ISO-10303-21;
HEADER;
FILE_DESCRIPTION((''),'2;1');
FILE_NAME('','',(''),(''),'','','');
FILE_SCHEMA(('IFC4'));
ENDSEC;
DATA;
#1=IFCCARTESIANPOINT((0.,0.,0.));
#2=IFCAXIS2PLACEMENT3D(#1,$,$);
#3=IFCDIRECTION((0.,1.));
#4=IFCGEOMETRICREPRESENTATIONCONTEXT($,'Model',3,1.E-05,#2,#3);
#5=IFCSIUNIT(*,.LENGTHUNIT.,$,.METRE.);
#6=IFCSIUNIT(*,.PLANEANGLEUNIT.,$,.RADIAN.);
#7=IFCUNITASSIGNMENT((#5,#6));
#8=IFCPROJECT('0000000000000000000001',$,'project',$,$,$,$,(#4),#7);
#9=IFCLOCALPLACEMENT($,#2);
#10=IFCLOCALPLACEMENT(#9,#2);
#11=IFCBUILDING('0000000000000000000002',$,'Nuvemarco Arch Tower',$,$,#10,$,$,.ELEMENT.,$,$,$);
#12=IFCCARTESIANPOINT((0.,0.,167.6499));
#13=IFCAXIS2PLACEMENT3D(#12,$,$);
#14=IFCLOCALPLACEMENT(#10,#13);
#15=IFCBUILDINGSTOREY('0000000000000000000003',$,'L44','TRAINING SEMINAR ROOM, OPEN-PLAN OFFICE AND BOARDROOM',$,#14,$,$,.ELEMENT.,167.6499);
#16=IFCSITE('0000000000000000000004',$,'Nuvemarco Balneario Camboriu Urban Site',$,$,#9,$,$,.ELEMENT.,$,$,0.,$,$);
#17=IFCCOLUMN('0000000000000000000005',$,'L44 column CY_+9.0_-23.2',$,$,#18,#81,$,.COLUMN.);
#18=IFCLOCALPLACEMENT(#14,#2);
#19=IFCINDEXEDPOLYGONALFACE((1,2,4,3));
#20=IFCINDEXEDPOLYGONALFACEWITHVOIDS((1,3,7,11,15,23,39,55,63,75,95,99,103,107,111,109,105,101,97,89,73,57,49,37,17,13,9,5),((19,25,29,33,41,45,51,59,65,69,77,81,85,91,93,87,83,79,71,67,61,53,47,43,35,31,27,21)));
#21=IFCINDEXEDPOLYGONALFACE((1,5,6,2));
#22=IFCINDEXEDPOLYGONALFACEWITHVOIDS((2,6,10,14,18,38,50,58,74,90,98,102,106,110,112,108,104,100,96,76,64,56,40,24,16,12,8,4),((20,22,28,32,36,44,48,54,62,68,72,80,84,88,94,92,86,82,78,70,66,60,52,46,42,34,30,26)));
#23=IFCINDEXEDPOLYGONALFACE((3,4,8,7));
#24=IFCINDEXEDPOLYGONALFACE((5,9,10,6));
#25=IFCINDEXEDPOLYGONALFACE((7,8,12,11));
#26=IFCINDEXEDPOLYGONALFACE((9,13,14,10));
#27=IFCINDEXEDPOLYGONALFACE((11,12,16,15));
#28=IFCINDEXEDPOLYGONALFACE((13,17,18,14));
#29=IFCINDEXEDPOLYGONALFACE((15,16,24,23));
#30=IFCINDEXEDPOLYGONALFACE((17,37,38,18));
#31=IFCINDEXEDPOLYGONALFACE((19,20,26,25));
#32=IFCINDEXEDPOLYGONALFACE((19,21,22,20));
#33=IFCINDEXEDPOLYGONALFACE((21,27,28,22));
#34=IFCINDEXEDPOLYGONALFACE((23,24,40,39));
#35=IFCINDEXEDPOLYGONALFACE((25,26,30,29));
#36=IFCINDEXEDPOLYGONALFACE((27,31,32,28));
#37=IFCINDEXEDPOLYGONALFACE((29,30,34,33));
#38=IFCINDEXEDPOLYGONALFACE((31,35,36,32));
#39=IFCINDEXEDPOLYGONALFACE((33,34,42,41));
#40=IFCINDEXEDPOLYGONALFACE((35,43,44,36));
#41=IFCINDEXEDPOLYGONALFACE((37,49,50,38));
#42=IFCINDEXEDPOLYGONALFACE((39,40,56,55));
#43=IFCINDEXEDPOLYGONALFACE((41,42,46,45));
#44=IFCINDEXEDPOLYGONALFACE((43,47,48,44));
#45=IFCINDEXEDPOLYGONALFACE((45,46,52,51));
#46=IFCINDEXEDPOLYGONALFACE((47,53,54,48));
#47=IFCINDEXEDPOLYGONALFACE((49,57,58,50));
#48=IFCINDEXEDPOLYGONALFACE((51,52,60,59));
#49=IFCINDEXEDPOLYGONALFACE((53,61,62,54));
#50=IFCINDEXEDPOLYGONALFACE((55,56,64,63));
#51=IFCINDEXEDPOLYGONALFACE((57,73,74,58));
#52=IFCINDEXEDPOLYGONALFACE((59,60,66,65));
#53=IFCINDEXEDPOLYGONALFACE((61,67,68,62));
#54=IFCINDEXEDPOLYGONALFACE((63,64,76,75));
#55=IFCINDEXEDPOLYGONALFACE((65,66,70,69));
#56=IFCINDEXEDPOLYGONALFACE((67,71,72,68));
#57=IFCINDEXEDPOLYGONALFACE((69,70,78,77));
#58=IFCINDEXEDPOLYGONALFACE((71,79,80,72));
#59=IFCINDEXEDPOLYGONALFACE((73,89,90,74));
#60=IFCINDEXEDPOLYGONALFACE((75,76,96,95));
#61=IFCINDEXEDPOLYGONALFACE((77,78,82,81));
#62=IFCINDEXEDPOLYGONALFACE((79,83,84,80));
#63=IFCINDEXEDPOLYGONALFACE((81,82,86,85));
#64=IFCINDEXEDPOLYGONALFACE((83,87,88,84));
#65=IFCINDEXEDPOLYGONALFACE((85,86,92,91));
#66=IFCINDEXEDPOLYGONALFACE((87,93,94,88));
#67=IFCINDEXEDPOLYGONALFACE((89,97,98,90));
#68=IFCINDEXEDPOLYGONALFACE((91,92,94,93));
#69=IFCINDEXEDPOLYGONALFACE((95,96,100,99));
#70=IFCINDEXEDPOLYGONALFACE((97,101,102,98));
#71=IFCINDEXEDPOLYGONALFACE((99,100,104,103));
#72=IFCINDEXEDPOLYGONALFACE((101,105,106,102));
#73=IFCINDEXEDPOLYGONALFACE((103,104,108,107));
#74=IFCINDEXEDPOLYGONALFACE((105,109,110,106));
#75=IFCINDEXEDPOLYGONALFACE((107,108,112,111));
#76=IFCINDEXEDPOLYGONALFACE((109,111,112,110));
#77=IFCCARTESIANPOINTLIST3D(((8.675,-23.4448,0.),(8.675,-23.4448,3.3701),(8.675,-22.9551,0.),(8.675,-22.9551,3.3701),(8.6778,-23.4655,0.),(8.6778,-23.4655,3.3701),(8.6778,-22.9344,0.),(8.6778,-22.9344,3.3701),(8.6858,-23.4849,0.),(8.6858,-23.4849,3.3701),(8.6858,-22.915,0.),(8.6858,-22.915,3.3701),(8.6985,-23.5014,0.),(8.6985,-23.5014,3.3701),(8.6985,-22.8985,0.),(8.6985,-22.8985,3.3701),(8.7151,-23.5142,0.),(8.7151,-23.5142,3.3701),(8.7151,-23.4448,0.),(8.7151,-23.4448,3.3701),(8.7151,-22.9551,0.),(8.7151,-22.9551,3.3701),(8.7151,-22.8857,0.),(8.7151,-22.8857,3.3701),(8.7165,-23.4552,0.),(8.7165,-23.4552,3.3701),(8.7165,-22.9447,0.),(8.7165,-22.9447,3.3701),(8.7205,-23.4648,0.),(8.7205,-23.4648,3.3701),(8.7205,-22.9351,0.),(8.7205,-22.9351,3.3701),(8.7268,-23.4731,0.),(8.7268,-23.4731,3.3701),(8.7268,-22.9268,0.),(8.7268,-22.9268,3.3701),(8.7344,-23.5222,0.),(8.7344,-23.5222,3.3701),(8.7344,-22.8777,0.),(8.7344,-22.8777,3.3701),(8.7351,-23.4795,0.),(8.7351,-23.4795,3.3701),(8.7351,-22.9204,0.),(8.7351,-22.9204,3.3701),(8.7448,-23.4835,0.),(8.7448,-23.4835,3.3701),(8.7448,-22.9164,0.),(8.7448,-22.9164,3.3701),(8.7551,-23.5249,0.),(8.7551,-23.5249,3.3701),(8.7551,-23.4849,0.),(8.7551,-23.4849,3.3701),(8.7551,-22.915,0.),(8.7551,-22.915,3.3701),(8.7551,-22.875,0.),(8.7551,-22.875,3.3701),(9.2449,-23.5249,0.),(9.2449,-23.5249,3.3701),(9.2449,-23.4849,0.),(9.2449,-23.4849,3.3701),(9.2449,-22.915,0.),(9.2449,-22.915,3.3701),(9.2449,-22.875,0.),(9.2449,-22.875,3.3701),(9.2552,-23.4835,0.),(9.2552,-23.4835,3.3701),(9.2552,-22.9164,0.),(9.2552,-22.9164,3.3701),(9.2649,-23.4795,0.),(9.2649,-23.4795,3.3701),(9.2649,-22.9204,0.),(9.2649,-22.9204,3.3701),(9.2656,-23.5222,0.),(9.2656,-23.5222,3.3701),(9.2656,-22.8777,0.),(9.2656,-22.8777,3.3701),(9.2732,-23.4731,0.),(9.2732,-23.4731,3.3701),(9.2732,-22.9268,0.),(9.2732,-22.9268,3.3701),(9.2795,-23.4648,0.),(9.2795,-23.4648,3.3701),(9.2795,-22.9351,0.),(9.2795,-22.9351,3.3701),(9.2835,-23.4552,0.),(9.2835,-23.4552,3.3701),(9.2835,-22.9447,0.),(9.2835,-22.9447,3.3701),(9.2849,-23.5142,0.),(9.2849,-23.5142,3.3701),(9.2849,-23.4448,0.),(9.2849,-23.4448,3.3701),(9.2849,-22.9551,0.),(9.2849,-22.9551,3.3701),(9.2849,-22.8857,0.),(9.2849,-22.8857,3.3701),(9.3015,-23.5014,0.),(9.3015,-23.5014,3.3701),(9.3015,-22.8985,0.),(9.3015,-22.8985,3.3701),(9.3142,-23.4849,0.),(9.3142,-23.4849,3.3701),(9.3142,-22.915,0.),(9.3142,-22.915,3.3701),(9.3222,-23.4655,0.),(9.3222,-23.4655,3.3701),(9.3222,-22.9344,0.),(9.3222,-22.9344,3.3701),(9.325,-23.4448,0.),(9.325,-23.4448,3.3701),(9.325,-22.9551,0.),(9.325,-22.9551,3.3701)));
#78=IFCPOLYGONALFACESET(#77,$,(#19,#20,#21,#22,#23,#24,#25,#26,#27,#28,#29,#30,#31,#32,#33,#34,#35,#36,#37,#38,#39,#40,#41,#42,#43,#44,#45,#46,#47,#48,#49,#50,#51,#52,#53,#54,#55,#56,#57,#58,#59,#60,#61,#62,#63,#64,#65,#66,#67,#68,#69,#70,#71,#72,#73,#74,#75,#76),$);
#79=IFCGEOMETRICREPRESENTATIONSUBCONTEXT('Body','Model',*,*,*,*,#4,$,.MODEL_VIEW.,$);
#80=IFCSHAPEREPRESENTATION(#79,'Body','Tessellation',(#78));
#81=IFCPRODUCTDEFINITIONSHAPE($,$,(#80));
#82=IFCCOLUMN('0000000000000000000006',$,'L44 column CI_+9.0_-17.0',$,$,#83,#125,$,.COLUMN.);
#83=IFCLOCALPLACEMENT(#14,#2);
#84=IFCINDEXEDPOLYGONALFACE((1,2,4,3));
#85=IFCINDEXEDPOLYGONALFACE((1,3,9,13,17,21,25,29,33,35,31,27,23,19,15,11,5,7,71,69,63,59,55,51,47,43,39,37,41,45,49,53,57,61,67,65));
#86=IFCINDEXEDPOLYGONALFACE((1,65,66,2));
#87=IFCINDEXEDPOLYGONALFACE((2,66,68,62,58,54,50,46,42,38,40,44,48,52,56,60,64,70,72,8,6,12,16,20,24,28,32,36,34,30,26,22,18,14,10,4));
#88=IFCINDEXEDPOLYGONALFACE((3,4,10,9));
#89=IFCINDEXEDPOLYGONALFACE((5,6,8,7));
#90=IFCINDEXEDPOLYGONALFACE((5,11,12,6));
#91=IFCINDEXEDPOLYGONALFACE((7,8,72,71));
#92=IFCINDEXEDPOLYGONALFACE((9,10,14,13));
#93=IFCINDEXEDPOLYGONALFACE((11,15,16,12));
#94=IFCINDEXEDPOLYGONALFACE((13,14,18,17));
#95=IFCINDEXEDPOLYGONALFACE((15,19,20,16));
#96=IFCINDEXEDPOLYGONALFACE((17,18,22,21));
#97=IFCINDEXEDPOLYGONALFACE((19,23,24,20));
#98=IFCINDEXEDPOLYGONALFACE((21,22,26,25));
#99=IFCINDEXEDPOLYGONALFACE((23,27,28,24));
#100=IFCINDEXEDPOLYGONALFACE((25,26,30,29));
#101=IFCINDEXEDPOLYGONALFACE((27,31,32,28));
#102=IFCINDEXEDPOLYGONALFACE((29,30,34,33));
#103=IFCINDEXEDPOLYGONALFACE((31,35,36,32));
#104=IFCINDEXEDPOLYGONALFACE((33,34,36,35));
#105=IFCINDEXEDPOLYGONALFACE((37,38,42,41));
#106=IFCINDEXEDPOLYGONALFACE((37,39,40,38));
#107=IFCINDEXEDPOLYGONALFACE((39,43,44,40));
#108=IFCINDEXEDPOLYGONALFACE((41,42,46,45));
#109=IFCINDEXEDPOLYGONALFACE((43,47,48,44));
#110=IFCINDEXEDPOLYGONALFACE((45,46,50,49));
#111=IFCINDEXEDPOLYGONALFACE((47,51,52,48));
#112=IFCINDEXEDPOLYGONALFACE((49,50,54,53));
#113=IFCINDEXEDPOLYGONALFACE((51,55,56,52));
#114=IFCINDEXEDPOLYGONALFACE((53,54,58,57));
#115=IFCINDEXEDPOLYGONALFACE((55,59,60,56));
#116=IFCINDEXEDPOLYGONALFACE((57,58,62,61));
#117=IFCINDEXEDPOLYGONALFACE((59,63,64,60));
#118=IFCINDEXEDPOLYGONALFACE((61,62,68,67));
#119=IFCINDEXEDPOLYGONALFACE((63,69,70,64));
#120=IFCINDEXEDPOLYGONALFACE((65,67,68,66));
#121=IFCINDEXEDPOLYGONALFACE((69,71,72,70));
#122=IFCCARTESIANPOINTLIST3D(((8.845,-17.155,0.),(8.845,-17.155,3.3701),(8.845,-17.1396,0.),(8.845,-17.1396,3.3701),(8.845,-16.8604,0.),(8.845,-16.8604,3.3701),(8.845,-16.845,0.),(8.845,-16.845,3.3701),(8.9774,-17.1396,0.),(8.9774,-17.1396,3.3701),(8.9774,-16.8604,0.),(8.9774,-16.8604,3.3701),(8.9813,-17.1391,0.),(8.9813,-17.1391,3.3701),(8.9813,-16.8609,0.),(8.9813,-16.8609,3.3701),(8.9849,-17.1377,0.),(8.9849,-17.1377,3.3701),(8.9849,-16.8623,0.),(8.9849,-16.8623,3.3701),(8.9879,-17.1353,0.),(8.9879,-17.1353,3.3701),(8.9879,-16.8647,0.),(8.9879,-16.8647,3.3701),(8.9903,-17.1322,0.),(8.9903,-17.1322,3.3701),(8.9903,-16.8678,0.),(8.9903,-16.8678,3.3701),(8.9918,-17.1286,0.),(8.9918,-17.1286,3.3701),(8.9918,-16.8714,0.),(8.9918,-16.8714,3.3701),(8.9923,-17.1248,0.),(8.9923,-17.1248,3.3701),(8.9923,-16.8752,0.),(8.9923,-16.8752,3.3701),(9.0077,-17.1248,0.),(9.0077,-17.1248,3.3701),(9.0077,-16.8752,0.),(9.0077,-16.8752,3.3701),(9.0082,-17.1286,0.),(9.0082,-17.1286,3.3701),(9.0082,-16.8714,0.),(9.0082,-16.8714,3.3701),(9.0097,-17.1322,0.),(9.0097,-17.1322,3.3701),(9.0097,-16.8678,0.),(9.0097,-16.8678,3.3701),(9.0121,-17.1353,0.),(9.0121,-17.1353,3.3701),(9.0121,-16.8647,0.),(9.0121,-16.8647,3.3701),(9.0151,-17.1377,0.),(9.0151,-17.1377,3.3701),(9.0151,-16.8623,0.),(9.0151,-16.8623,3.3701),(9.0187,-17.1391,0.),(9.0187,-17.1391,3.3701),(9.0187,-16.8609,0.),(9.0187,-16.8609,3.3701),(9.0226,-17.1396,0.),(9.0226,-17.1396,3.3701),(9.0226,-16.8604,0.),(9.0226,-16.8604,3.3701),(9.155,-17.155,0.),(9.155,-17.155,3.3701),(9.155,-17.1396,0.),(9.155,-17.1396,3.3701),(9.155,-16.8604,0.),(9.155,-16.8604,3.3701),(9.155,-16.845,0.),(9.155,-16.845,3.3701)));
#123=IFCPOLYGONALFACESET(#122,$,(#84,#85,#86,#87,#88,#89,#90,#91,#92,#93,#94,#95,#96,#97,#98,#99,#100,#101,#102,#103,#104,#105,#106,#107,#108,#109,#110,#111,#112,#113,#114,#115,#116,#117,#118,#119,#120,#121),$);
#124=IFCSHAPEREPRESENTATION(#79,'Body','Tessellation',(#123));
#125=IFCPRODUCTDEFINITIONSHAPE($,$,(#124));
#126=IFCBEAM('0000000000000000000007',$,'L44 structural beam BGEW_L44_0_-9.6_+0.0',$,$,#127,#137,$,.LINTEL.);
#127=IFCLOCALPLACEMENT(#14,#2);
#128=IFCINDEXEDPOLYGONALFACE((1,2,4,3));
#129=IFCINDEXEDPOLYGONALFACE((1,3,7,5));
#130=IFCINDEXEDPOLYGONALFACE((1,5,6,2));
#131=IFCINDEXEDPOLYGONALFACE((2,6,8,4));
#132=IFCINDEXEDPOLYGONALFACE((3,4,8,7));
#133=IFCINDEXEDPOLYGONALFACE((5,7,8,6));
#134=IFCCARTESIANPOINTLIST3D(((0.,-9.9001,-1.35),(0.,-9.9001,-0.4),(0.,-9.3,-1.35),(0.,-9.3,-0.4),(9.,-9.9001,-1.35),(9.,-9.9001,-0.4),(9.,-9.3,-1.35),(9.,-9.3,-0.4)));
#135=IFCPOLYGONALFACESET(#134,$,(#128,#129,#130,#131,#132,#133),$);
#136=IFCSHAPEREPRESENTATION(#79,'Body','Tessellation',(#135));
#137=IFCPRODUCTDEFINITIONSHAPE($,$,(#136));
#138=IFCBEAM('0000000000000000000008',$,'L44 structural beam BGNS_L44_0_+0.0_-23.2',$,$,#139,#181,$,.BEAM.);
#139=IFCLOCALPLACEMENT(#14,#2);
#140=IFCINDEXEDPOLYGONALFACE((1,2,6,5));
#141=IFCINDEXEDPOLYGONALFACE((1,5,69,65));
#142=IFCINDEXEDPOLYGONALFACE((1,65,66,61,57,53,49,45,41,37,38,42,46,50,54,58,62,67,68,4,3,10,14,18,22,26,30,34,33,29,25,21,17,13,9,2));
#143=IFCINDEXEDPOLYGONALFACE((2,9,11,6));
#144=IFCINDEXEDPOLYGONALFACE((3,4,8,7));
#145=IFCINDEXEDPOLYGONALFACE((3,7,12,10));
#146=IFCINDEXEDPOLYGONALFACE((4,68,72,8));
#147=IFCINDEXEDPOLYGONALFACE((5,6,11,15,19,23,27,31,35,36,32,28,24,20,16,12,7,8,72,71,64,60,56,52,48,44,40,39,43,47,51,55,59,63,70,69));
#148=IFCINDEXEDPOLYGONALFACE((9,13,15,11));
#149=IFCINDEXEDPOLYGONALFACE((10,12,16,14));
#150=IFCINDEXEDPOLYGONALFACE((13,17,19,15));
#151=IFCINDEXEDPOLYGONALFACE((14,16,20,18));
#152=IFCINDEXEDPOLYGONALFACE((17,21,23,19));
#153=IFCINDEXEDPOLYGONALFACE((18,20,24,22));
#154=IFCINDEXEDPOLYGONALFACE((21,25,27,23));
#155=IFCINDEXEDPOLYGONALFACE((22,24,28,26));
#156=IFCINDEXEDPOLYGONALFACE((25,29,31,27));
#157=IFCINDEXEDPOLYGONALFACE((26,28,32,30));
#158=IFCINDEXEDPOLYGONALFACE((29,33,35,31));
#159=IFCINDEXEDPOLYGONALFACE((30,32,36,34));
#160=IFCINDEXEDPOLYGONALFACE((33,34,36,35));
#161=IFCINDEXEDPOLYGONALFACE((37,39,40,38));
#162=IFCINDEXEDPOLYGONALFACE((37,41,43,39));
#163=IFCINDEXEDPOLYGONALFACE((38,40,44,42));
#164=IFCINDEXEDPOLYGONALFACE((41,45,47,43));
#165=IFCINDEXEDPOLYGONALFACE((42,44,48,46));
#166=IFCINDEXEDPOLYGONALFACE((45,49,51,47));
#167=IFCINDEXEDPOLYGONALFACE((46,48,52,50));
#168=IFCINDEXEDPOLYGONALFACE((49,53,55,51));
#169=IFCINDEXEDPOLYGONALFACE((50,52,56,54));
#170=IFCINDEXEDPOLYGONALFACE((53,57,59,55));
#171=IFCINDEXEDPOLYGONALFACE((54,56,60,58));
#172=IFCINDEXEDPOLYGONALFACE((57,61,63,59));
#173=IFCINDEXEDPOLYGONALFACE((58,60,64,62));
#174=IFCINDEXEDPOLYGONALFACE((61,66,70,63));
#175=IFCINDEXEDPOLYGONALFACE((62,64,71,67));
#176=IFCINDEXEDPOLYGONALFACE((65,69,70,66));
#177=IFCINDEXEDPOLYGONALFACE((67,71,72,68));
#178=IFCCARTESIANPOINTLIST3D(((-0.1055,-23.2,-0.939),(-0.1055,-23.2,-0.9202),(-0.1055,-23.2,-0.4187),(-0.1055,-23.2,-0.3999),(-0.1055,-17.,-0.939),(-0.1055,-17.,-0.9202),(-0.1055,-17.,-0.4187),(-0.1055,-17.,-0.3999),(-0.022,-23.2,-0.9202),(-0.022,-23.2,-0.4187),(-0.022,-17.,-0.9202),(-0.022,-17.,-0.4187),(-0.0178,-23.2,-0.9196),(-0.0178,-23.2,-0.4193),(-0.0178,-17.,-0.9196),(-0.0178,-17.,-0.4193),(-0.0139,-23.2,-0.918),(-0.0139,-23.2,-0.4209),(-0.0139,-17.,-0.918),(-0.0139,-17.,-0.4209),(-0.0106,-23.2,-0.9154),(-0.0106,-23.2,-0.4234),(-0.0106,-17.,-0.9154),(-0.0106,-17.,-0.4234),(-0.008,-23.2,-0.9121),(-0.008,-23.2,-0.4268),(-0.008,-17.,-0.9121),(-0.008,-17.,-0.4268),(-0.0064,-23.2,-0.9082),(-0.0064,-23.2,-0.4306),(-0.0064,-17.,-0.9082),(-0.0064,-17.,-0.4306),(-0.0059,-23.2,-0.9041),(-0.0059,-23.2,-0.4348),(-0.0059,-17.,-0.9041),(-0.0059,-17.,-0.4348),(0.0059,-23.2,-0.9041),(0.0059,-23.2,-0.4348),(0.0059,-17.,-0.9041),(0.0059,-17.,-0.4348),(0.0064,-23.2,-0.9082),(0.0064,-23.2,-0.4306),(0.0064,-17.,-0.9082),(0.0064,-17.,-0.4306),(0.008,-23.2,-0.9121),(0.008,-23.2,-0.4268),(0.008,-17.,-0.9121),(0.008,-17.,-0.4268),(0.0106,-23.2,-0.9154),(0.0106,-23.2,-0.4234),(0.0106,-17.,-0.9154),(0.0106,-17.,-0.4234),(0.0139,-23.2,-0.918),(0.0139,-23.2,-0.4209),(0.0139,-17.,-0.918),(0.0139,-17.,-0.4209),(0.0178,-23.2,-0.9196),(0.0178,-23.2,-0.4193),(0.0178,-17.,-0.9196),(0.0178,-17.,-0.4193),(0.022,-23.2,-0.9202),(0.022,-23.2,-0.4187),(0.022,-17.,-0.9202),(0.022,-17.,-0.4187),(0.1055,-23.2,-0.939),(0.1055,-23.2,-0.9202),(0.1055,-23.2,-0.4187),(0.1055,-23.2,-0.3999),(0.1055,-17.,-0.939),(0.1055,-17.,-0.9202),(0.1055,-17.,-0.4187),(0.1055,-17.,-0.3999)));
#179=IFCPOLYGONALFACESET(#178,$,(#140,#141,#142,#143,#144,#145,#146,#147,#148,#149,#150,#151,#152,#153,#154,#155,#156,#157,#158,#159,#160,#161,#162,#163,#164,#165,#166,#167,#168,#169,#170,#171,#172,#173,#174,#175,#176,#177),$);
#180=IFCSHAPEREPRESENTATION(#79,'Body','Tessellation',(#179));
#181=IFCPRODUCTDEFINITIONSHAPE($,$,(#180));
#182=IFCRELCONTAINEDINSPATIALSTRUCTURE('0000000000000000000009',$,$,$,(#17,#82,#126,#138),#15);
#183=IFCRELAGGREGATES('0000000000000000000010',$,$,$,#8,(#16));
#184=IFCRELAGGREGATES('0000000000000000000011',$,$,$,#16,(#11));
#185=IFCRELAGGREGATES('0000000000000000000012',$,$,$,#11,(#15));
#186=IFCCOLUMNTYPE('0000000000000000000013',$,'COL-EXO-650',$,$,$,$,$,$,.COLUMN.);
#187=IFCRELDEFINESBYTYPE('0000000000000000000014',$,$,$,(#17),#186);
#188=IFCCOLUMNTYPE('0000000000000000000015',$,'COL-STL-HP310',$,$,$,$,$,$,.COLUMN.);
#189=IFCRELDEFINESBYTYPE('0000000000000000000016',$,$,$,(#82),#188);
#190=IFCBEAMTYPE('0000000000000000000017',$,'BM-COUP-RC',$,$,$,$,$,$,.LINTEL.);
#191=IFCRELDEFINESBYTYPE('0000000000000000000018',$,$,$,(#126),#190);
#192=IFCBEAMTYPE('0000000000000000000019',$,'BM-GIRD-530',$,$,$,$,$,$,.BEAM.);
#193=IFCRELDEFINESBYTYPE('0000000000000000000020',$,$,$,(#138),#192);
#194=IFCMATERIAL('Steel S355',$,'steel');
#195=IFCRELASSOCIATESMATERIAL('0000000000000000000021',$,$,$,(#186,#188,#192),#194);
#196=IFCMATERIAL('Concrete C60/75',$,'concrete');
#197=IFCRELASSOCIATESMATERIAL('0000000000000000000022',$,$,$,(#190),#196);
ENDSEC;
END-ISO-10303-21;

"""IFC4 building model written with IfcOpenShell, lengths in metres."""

from ifc_helpers import new_model, si_unit, direction, frame, origin, origin_2d, place, context, subcontext, project, spatial, rectangle, hollow_rectangle, i_section, extrude, material, material_profile, profile_set, type_object, element, save


model = new_model("IFC4")

# Units and contexts
model_context = context("Model", 3, precision=1e-05, world=origin(), true_north=direction((0.0, 1.0)))
body_context = subcontext(model_context, "Body", "Model", "MODEL_VIEW")
ifc_project = project(units=[si_unit("LENGTHUNIT", "METRE"), si_unit("PLANEANGLEUNIT", "RADIAN")], contexts=[model_context])

# Site, building, storey
site_placement = place(None, origin())
site = spatial("IfcSite", under=ifc_project, at=site_placement, Name="Nuvemarco Balneario Camboriu Urban Site", CompositionType="ELEMENT", RefElevation=0.0)
building_placement = place(site_placement, origin())
building = spatial("IfcBuilding", under=site, at=building_placement, Name="Nuvemarco Arch Tower", CompositionType="ELEMENT")
storey_placement = place(building_placement, frame((0.0, 0.0, 167.6499)))
storey = spatial("IfcBuildingStorey", under=building, at=storey_placement, Name="L44", Description="TRAINING SEMINAR ROOM, OPEN-PLAN OFFICE AND BOARDROOM", CompositionType="ELEMENT", Elevation=167.6499)

# Columns
ifc_material_1 = material(Name="Steel S355", Category="steel")
ifc_material_profile_1 = material_profile(ifc_material_1, hollow_rectangle(XDim=0.6499, YDim=0.6499, WallThickness=0.04, InnerFilletRadius=0.04, OuterFilletRadius=0.0801, at=origin_2d()), Name="SHS650x650x40")
ifc_profile_set_1 = profile_set([ifc_material_profile_1], Name="Steel S355")
column_type_1 = type_object("IfcColumnType", Name="COL-EXO-650", PredefinedType="COLUMN", material=ifc_profile_set_1)
column_1_placement = place(storey_placement, frame((9.0, -23.2, 0.0), z_axis=(0.0, 0.0, 1.0), x_axis=(1.0, 0.0, 0.0)))
element("IfcColumn", 1, at=column_1_placement, inside=storey, type_object=column_type_1, Name="L44 column CY_+9.0_-23.2", PredefinedType="COLUMN", context=body_context, shape_type="SweptSolid", body=[
    extrude(hollow_rectangle(XDim=0.6499, YDim=0.6499, WallThickness=0.04, InnerFilletRadius=0.04, OuterFilletRadius=0.0801, at=origin_2d()), origin(), (0.0, 0.0, 1.0), 3.3701),
])
ifc_material_profile_2 = material_profile(ifc_material_1, i_section(OverallWidth=0.3101, OverallDepth=0.3101, WebThickness=0.0154, FlangeThickness=0.0154, FilletRadius=0.0149, at=origin_2d()), Name="HP310x110")
ifc_profile_set_2 = profile_set([ifc_material_profile_2], Name="Steel S355")
column_type_2 = type_object("IfcColumnType", Name="COL-STL-HP310", PredefinedType="COLUMN", material=ifc_profile_set_2)
column_2_placement = place(storey_placement, frame((9.0, -17.0, 0.0), z_axis=(0.0, 0.0, 1.0), x_axis=(1.0, 0.0, 0.0)))
element("IfcColumn", 2, at=column_2_placement, inside=storey, type_object=column_type_2, Name="L44 column CI_+9.0_-17.0", PredefinedType="COLUMN", context=body_context, shape_type="SweptSolid", body=[
    extrude(i_section(OverallWidth=0.3101, OverallDepth=0.3101, WebThickness=0.0154, FlangeThickness=0.0154, FilletRadius=0.0149, at=origin_2d()), origin(), (0.0, 0.0, 1.0), 3.3701),
])

# Beams
ifc_material_2 = material(Name="Concrete C60/75", Category="concrete")
ifc_material_profile_3 = material_profile(ifc_material_2, rectangle(XDim=0.6001, YDim=0.95, at=origin_2d()), Name="RC-BM-600x950")
ifc_profile_set_3 = profile_set([ifc_material_profile_3], Name="Concrete C60/75")
beam_type_1 = type_object("IfcBeamType", Name="BM-COUP-RC", PredefinedType="LINTEL", material=ifc_profile_set_3)
beam_1_placement = place(storey_placement, frame((0.0, -9.6001, -0.875), z_axis=(1.0, 0.0, 0.0), x_axis=(0.0, 1.0, 0.0)))
element("IfcBeam", 3, at=beam_1_placement, inside=storey, type_object=beam_type_1, Name="L44 structural beam BGEW_L44_0_-9.6_+0.0", PredefinedType="LINTEL", context=body_context, shape_type="SweptSolid", body=[
    extrude(rectangle(XDim=0.6001, YDim=0.95, at=origin_2d()), origin(), (0.0, 0.0, 1.0), 9.0),
])
ifc_material_profile_4 = material_profile(ifc_material_1, i_section(OverallWidth=0.2109, OverallDepth=0.5391, WebThickness=0.0117, FlangeThickness=0.0188, FilletRadius=0.0161, at=origin_2d()), Name="W530x109")
ifc_profile_set_4 = profile_set([ifc_material_profile_4], Name="Steel S355")
beam_type_2 = type_object("IfcBeamType", Name="BM-GIRD-530", PredefinedType="BEAM", material=ifc_profile_set_4)
beam_2_placement = place(storey_placement, frame((0.0, -23.2, -0.6694), z_axis=(0.0, 1.0, 0.0), x_axis=(-1.0, 0.0, 0.0)))
element("IfcBeam", 4, at=beam_2_placement, inside=storey, type_object=beam_type_2, Name="L44 structural beam BGNS_L44_0_+0.0_-23.2", PredefinedType="BEAM", context=body_context, shape_type="SweptSolid", body=[
    extrude(i_section(OverallWidth=0.2109, OverallDepth=0.5391, WebThickness=0.0117, FlangeThickness=0.0188, FilletRadius=0.0161, at=origin_2d()), origin(), (0.0, 0.0, 1.0), 6.2),
])

save(model, "model.ifc")
